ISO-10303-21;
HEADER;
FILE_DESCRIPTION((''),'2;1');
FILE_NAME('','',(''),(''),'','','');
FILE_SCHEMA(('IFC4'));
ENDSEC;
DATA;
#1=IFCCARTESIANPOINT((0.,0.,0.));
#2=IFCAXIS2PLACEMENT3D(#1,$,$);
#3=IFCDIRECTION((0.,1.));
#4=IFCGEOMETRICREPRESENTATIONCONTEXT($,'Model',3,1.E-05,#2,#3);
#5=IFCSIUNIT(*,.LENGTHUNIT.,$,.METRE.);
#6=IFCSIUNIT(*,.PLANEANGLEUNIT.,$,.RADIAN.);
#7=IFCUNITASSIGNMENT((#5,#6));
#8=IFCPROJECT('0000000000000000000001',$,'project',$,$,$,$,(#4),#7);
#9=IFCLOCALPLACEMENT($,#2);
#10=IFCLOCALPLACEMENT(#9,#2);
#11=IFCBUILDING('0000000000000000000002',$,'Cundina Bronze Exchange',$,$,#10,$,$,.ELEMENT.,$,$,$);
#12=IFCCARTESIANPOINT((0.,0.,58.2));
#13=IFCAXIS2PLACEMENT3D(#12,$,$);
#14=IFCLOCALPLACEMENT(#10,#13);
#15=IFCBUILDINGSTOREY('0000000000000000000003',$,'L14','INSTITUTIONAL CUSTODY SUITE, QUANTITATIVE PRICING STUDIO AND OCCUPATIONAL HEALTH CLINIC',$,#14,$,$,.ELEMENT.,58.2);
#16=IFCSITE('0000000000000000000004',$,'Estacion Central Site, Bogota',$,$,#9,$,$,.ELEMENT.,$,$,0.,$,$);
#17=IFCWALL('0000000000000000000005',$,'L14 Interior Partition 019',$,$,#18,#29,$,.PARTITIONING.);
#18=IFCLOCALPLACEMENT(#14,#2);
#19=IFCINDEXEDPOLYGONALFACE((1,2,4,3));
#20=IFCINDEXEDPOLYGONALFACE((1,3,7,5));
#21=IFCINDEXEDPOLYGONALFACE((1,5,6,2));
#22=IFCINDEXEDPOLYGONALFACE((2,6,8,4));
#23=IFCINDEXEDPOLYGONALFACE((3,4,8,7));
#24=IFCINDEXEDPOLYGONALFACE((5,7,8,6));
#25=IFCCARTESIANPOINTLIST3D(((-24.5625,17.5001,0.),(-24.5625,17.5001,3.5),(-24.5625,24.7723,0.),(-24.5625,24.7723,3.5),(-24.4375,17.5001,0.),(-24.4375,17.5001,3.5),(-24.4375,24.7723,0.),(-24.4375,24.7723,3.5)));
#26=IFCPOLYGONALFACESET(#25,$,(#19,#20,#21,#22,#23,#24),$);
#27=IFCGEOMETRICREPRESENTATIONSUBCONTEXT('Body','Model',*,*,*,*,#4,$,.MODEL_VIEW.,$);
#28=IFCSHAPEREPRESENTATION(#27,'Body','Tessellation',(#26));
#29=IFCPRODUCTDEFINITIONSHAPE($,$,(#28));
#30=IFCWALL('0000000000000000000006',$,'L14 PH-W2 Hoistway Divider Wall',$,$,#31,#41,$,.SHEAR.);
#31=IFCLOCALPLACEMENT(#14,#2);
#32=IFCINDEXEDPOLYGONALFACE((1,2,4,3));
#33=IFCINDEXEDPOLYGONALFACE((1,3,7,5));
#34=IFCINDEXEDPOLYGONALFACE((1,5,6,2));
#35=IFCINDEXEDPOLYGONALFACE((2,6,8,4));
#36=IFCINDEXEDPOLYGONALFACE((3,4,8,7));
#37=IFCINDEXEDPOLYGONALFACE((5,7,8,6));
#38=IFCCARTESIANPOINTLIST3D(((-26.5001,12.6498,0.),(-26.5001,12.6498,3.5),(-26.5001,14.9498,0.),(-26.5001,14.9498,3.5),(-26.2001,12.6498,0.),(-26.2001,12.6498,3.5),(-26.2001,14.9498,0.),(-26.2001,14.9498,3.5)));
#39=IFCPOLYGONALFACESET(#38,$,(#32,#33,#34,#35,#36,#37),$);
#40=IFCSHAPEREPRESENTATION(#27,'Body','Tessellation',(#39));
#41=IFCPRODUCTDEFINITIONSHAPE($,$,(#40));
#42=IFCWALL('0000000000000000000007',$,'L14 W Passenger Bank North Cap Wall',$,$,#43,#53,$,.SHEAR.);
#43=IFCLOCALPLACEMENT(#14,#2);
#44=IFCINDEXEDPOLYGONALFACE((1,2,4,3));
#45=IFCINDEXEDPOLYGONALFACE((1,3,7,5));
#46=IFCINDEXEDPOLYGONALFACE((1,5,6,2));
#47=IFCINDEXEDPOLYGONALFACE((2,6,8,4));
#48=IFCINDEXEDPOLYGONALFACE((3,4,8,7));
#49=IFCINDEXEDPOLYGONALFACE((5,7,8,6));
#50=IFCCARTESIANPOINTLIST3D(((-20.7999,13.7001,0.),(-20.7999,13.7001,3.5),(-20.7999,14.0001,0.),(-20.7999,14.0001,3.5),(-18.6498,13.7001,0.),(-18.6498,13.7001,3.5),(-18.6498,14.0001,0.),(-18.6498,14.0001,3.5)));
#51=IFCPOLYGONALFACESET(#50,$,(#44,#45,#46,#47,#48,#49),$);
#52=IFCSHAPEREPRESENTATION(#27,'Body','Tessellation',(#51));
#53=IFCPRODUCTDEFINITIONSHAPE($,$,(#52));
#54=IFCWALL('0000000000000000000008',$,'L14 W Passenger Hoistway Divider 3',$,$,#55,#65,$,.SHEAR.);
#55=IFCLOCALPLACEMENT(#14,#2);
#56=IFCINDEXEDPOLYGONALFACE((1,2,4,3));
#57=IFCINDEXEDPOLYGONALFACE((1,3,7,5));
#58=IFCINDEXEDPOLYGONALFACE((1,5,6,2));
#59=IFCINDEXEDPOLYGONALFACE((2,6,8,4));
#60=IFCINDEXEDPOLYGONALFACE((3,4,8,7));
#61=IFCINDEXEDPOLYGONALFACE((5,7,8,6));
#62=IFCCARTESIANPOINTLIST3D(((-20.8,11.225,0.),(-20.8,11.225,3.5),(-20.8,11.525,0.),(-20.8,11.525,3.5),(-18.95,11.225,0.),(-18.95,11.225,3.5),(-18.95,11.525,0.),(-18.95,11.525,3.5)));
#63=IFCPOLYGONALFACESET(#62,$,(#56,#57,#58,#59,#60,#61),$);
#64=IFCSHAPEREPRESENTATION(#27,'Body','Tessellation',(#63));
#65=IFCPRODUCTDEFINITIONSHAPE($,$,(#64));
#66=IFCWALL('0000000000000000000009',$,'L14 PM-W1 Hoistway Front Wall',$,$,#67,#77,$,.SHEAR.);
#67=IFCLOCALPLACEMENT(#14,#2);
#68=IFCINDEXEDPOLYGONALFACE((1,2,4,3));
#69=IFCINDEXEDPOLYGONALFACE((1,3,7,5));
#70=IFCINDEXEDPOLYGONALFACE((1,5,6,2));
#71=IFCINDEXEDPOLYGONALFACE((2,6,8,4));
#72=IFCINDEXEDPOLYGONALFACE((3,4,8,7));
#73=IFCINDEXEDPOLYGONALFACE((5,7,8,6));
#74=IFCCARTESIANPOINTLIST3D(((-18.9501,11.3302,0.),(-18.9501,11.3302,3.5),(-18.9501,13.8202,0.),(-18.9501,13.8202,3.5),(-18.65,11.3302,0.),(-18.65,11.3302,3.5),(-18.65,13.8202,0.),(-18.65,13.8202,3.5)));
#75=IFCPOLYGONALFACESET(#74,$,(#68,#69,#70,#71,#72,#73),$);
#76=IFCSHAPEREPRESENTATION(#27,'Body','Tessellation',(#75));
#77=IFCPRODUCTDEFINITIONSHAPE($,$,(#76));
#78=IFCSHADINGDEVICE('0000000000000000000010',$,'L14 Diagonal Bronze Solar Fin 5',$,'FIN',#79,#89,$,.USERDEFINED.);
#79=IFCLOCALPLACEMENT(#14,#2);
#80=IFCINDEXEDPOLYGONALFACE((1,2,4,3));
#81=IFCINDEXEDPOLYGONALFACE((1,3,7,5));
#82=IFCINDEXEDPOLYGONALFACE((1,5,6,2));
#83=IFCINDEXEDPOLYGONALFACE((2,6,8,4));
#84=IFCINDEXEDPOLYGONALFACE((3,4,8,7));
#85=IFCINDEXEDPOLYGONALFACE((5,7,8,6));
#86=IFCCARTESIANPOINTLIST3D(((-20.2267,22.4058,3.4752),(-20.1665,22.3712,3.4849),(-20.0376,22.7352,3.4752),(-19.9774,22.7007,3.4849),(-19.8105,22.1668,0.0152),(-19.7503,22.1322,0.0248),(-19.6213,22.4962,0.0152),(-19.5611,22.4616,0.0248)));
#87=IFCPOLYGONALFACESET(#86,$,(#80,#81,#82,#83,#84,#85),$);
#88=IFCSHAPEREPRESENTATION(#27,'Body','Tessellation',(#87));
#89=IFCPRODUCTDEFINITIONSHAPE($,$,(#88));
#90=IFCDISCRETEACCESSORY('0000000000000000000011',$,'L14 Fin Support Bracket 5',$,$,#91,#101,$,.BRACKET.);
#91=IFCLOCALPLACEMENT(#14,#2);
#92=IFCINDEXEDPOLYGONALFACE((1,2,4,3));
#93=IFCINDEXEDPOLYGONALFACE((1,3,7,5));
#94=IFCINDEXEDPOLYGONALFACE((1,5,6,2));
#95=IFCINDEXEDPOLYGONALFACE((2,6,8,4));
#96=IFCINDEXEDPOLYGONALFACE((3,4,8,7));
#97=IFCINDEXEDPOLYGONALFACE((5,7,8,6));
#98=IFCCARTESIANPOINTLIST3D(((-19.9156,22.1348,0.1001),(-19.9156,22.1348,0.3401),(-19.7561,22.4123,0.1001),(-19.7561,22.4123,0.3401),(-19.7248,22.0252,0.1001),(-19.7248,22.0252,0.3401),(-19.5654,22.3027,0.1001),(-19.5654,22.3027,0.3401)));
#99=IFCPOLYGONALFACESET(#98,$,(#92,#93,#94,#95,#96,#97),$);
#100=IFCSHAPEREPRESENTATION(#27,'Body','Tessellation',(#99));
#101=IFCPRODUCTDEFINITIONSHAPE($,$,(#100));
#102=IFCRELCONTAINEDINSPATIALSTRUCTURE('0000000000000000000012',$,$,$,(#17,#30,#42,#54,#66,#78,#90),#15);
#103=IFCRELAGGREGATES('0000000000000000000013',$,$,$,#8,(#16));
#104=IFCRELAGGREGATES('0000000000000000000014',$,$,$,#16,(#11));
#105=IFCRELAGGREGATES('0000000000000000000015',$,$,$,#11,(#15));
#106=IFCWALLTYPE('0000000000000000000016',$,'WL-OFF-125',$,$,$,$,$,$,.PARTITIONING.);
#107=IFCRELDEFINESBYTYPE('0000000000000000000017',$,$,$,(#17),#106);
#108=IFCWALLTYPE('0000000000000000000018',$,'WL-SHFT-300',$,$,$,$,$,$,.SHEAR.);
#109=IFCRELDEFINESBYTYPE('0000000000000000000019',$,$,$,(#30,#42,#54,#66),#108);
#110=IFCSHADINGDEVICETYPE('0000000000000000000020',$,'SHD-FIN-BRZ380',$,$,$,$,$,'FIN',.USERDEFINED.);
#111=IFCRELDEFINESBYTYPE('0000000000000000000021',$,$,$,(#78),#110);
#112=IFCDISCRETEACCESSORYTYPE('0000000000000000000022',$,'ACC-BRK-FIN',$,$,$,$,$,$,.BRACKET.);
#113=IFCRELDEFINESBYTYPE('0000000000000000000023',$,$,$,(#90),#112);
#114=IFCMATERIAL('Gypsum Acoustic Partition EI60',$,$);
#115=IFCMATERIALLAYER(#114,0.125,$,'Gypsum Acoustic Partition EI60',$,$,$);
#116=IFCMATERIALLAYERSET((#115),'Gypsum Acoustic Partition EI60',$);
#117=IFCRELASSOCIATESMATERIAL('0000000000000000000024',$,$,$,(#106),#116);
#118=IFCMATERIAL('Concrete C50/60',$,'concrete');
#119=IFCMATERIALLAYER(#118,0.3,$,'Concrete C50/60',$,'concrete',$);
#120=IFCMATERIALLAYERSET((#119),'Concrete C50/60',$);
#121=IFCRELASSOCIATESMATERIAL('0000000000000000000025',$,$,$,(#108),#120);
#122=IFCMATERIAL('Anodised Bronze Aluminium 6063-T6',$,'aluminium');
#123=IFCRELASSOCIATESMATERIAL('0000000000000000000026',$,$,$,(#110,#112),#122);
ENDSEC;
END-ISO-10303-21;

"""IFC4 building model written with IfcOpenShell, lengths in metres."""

from ifc_helpers import new_model, si_unit, direction, frame, frame_2d, origin, origin_2d, place, context, subcontext, project, spatial, rectangle, extrude, material, layer, layer_set, material_profile, profile_set, type_object, element, save


model = new_model("IFC4")

# Units and contexts
model_context = context("Model", 3, precision=1e-05, world=origin(), true_north=direction((0.0, 1.0)))
body_context = subcontext(model_context, "Body", "Model", "MODEL_VIEW")
ifc_project = project(units=[si_unit("LENGTHUNIT", "METRE"), si_unit("PLANEANGLEUNIT", "RADIAN")], contexts=[model_context])

# Site, building, storey
site_placement = place(None, origin())
site = spatial("IfcSite", under=ifc_project, at=site_placement, Name="Estacion Central Site, Bogota", CompositionType="ELEMENT", RefElevation=0.0)
building_placement = place(site_placement, origin())
building = spatial("IfcBuilding", under=site, at=building_placement, Name="Cundina Bronze Exchange", CompositionType="ELEMENT")
storey_placement = place(building_placement, frame((0.0, 0.0, 58.2)))
storey = spatial("IfcBuildingStorey", under=building, at=storey_placement, Name="L14", Description="INSTITUTIONAL CUSTODY SUITE, QUANTITATIVE PRICING STUDIO AND OCCUPATIONAL HEALTH CLINIC", CompositionType="ELEMENT", Elevation=58.2)

# Shared definitions
ifc_material_1 = material(Name="Anodised Bronze Aluminium 6063-T6", Category="aluminium")

# Wall
ifc_material_2 = material(Name="Gypsum Acoustic Partition EI60")
ifc_layer_1 = layer(ifc_material_2, 0.125, Name="Gypsum Acoustic Partition EI60")
ifc_layer_set_1 = layer_set([ifc_layer_1], Name="Gypsum Acoustic Partition EI60")
wall_type_1 = type_object("IfcWallType", Name="WL-OFF-125", PredefinedType="PARTITIONING", material=ifc_layer_set_1)
wall_1_placement = place(storey_placement, frame((-24.5, 17.5, 0.0), z_axis=(0.0, 0.0, 1.0), x_axis=(0.0, 1.0, 0.0)))
element("IfcWall", 1, at=wall_1_placement, inside=storey, type_object=wall_type_1, Name="L14 Interior Partition 019", PredefinedType="PARTITIONING", context=body_context, shape_type="SweptSolid", body=[
    extrude(rectangle(XDim=7.2722, YDim=0.125, at=frame_2d((3.6362, 0.0))), origin(), (0.0, 0.0, 1.0), 3.5),
])

# Shared definitions
ifc_material_3 = material(Name="Concrete C50/60", Category="concrete")
ifc_layer_2 = layer(ifc_material_3, 0.3, Name="Concrete C50/60", Category="concrete")
ifc_layer_set_2 = layer_set([ifc_layer_2], Name="Concrete C50/60")
wall_type_2 = type_object("IfcWallType", Name="WL-SHFT-300", PredefinedType="SHEAR", material=ifc_layer_set_2)

# Walls
wall_2_placement = place(storey_placement, frame((-26.3501, 12.6499, 0.0), z_axis=(0.0, 0.0, 1.0), x_axis=(0.0, 1.0, 0.0)))
element("IfcWall", 2, at=wall_2_placement, inside=storey, type_object=wall_type_2, Name="L14 PH-W2 Hoistway Divider Wall", PredefinedType="SHEAR", context=body_context, shape_type="SweptSolid", body=[
    extrude(rectangle(XDim=2.3, YDim=0.3, at=frame_2d((1.1499, 0.0))), origin(), (0.0, 0.0, 1.0), 3.5),
])
wall_3_placement = place(storey_placement, frame((-20.8, 13.8501, 0.0), z_axis=(0.0, 0.0, 1.0), x_axis=(1.0, 0.0, 0.0)))
element("IfcWall", 3, at=wall_3_placement, inside=storey, type_object=wall_type_2, Name="L14 W Passenger Bank North Cap Wall", PredefinedType="SHEAR", context=body_context, shape_type="SweptSolid", body=[
    extrude(rectangle(XDim=2.1501, YDim=0.3, at=frame_2d((1.0752, 0.0))), origin(), (0.0, 0.0, 1.0), 3.5),
])
wall_4_placement = place(storey_placement, frame((-20.8, 11.375, 0.0), z_axis=(0.0, 0.0, 1.0), x_axis=(1.0, 0.0, 0.0)))
element("IfcWall", 4, at=wall_4_placement, inside=storey, type_object=wall_type_2, Name="L14 W Passenger Hoistway Divider 3", PredefinedType="SHEAR", context=body_context, shape_type="SweptSolid", body=[
    extrude(rectangle(XDim=1.8501, YDim=0.3, at=frame_2d((0.925, 0.0))), origin(), (0.0, 0.0, 1.0), 3.5),
])
wall_5_placement = place(storey_placement, frame((-18.8, 11.3301, 0.0), z_axis=(0.0, 0.0, 1.0), x_axis=(0.0, 1.0, 0.0)))
element("IfcWall", 5, at=wall_5_placement, inside=storey, type_object=wall_type_2, Name="L14 PM-W1 Hoistway Front Wall", PredefinedType="SHEAR", context=body_context, shape_type="SweptSolid", body=[
    extrude(rectangle(XDim=2.49, YDim=0.3, at=frame_2d((1.2451, 0.0))), origin(), (0.0, 0.0, 1.0), 3.5),
])

# Shading device
ifc_material_profile_1 = material_profile(ifc_material_1, rectangle(XDim=0.0701, YDim=0.3799, at=origin_2d()), Name="FIN70X380", Category="aluminium")
ifc_profile_set_1 = profile_set([ifc_material_profile_1], Name="Anodised Bronze Aluminium 6063-T6")
shading_device_type = type_object("IfcShadingDeviceType", Name="SHD-FIN-BRZ380", ElementType="FIN", PredefinedType="USERDEFINED", material=ifc_profile_set_1)
shading_device_placement = place(storey_placement, frame((-19.6858, 22.3142, 0.02), z_axis=(-0.119166, 0.068425, 0.990514), x_axis=(0.858982, -0.493222, 0.137414)))
element("IfcShadingDevice", 6, at=shading_device_placement, inside=storey, type_object=shading_device_type, Name="L14 Diagonal Bronze Solar Fin 5", ObjectType="FIN", PredefinedType="USERDEFINED", context=body_context, shape_type="SweptSolid", body=[
    extrude(rectangle(XDim=0.0701, YDim=0.3799, at=origin_2d()), origin(), (0.0, 0.0, 1.0), 3.4932),
])

# Discrete accessory
discrete_accessory_type = type_object("IfcDiscreteAccessoryType", Name="ACC-BRK-FIN", PredefinedType="BRACKET", material=ifc_material_1)
discrete_accessory_placement = place(storey_placement, frame((-19.7405, 22.2188, 0.1001), z_axis=(0.0, 0.0, 1.0), x_axis=(-0.867105, 0.498125, 0.0)))
element("IfcDiscreteAccessory", 7, at=discrete_accessory_placement, inside=storey, type_object=discrete_accessory_type, Name="L14 Fin Support Bracket 5", PredefinedType="BRACKET", context=body_context, shape_type="SweptSolid", body=[
    extrude(rectangle(XDim=0.22, YDim=0.3201, at=origin_2d()), origin(), (0.0, 0.0, 1.0), 0.24),
])

save(model, "model.ifc")
